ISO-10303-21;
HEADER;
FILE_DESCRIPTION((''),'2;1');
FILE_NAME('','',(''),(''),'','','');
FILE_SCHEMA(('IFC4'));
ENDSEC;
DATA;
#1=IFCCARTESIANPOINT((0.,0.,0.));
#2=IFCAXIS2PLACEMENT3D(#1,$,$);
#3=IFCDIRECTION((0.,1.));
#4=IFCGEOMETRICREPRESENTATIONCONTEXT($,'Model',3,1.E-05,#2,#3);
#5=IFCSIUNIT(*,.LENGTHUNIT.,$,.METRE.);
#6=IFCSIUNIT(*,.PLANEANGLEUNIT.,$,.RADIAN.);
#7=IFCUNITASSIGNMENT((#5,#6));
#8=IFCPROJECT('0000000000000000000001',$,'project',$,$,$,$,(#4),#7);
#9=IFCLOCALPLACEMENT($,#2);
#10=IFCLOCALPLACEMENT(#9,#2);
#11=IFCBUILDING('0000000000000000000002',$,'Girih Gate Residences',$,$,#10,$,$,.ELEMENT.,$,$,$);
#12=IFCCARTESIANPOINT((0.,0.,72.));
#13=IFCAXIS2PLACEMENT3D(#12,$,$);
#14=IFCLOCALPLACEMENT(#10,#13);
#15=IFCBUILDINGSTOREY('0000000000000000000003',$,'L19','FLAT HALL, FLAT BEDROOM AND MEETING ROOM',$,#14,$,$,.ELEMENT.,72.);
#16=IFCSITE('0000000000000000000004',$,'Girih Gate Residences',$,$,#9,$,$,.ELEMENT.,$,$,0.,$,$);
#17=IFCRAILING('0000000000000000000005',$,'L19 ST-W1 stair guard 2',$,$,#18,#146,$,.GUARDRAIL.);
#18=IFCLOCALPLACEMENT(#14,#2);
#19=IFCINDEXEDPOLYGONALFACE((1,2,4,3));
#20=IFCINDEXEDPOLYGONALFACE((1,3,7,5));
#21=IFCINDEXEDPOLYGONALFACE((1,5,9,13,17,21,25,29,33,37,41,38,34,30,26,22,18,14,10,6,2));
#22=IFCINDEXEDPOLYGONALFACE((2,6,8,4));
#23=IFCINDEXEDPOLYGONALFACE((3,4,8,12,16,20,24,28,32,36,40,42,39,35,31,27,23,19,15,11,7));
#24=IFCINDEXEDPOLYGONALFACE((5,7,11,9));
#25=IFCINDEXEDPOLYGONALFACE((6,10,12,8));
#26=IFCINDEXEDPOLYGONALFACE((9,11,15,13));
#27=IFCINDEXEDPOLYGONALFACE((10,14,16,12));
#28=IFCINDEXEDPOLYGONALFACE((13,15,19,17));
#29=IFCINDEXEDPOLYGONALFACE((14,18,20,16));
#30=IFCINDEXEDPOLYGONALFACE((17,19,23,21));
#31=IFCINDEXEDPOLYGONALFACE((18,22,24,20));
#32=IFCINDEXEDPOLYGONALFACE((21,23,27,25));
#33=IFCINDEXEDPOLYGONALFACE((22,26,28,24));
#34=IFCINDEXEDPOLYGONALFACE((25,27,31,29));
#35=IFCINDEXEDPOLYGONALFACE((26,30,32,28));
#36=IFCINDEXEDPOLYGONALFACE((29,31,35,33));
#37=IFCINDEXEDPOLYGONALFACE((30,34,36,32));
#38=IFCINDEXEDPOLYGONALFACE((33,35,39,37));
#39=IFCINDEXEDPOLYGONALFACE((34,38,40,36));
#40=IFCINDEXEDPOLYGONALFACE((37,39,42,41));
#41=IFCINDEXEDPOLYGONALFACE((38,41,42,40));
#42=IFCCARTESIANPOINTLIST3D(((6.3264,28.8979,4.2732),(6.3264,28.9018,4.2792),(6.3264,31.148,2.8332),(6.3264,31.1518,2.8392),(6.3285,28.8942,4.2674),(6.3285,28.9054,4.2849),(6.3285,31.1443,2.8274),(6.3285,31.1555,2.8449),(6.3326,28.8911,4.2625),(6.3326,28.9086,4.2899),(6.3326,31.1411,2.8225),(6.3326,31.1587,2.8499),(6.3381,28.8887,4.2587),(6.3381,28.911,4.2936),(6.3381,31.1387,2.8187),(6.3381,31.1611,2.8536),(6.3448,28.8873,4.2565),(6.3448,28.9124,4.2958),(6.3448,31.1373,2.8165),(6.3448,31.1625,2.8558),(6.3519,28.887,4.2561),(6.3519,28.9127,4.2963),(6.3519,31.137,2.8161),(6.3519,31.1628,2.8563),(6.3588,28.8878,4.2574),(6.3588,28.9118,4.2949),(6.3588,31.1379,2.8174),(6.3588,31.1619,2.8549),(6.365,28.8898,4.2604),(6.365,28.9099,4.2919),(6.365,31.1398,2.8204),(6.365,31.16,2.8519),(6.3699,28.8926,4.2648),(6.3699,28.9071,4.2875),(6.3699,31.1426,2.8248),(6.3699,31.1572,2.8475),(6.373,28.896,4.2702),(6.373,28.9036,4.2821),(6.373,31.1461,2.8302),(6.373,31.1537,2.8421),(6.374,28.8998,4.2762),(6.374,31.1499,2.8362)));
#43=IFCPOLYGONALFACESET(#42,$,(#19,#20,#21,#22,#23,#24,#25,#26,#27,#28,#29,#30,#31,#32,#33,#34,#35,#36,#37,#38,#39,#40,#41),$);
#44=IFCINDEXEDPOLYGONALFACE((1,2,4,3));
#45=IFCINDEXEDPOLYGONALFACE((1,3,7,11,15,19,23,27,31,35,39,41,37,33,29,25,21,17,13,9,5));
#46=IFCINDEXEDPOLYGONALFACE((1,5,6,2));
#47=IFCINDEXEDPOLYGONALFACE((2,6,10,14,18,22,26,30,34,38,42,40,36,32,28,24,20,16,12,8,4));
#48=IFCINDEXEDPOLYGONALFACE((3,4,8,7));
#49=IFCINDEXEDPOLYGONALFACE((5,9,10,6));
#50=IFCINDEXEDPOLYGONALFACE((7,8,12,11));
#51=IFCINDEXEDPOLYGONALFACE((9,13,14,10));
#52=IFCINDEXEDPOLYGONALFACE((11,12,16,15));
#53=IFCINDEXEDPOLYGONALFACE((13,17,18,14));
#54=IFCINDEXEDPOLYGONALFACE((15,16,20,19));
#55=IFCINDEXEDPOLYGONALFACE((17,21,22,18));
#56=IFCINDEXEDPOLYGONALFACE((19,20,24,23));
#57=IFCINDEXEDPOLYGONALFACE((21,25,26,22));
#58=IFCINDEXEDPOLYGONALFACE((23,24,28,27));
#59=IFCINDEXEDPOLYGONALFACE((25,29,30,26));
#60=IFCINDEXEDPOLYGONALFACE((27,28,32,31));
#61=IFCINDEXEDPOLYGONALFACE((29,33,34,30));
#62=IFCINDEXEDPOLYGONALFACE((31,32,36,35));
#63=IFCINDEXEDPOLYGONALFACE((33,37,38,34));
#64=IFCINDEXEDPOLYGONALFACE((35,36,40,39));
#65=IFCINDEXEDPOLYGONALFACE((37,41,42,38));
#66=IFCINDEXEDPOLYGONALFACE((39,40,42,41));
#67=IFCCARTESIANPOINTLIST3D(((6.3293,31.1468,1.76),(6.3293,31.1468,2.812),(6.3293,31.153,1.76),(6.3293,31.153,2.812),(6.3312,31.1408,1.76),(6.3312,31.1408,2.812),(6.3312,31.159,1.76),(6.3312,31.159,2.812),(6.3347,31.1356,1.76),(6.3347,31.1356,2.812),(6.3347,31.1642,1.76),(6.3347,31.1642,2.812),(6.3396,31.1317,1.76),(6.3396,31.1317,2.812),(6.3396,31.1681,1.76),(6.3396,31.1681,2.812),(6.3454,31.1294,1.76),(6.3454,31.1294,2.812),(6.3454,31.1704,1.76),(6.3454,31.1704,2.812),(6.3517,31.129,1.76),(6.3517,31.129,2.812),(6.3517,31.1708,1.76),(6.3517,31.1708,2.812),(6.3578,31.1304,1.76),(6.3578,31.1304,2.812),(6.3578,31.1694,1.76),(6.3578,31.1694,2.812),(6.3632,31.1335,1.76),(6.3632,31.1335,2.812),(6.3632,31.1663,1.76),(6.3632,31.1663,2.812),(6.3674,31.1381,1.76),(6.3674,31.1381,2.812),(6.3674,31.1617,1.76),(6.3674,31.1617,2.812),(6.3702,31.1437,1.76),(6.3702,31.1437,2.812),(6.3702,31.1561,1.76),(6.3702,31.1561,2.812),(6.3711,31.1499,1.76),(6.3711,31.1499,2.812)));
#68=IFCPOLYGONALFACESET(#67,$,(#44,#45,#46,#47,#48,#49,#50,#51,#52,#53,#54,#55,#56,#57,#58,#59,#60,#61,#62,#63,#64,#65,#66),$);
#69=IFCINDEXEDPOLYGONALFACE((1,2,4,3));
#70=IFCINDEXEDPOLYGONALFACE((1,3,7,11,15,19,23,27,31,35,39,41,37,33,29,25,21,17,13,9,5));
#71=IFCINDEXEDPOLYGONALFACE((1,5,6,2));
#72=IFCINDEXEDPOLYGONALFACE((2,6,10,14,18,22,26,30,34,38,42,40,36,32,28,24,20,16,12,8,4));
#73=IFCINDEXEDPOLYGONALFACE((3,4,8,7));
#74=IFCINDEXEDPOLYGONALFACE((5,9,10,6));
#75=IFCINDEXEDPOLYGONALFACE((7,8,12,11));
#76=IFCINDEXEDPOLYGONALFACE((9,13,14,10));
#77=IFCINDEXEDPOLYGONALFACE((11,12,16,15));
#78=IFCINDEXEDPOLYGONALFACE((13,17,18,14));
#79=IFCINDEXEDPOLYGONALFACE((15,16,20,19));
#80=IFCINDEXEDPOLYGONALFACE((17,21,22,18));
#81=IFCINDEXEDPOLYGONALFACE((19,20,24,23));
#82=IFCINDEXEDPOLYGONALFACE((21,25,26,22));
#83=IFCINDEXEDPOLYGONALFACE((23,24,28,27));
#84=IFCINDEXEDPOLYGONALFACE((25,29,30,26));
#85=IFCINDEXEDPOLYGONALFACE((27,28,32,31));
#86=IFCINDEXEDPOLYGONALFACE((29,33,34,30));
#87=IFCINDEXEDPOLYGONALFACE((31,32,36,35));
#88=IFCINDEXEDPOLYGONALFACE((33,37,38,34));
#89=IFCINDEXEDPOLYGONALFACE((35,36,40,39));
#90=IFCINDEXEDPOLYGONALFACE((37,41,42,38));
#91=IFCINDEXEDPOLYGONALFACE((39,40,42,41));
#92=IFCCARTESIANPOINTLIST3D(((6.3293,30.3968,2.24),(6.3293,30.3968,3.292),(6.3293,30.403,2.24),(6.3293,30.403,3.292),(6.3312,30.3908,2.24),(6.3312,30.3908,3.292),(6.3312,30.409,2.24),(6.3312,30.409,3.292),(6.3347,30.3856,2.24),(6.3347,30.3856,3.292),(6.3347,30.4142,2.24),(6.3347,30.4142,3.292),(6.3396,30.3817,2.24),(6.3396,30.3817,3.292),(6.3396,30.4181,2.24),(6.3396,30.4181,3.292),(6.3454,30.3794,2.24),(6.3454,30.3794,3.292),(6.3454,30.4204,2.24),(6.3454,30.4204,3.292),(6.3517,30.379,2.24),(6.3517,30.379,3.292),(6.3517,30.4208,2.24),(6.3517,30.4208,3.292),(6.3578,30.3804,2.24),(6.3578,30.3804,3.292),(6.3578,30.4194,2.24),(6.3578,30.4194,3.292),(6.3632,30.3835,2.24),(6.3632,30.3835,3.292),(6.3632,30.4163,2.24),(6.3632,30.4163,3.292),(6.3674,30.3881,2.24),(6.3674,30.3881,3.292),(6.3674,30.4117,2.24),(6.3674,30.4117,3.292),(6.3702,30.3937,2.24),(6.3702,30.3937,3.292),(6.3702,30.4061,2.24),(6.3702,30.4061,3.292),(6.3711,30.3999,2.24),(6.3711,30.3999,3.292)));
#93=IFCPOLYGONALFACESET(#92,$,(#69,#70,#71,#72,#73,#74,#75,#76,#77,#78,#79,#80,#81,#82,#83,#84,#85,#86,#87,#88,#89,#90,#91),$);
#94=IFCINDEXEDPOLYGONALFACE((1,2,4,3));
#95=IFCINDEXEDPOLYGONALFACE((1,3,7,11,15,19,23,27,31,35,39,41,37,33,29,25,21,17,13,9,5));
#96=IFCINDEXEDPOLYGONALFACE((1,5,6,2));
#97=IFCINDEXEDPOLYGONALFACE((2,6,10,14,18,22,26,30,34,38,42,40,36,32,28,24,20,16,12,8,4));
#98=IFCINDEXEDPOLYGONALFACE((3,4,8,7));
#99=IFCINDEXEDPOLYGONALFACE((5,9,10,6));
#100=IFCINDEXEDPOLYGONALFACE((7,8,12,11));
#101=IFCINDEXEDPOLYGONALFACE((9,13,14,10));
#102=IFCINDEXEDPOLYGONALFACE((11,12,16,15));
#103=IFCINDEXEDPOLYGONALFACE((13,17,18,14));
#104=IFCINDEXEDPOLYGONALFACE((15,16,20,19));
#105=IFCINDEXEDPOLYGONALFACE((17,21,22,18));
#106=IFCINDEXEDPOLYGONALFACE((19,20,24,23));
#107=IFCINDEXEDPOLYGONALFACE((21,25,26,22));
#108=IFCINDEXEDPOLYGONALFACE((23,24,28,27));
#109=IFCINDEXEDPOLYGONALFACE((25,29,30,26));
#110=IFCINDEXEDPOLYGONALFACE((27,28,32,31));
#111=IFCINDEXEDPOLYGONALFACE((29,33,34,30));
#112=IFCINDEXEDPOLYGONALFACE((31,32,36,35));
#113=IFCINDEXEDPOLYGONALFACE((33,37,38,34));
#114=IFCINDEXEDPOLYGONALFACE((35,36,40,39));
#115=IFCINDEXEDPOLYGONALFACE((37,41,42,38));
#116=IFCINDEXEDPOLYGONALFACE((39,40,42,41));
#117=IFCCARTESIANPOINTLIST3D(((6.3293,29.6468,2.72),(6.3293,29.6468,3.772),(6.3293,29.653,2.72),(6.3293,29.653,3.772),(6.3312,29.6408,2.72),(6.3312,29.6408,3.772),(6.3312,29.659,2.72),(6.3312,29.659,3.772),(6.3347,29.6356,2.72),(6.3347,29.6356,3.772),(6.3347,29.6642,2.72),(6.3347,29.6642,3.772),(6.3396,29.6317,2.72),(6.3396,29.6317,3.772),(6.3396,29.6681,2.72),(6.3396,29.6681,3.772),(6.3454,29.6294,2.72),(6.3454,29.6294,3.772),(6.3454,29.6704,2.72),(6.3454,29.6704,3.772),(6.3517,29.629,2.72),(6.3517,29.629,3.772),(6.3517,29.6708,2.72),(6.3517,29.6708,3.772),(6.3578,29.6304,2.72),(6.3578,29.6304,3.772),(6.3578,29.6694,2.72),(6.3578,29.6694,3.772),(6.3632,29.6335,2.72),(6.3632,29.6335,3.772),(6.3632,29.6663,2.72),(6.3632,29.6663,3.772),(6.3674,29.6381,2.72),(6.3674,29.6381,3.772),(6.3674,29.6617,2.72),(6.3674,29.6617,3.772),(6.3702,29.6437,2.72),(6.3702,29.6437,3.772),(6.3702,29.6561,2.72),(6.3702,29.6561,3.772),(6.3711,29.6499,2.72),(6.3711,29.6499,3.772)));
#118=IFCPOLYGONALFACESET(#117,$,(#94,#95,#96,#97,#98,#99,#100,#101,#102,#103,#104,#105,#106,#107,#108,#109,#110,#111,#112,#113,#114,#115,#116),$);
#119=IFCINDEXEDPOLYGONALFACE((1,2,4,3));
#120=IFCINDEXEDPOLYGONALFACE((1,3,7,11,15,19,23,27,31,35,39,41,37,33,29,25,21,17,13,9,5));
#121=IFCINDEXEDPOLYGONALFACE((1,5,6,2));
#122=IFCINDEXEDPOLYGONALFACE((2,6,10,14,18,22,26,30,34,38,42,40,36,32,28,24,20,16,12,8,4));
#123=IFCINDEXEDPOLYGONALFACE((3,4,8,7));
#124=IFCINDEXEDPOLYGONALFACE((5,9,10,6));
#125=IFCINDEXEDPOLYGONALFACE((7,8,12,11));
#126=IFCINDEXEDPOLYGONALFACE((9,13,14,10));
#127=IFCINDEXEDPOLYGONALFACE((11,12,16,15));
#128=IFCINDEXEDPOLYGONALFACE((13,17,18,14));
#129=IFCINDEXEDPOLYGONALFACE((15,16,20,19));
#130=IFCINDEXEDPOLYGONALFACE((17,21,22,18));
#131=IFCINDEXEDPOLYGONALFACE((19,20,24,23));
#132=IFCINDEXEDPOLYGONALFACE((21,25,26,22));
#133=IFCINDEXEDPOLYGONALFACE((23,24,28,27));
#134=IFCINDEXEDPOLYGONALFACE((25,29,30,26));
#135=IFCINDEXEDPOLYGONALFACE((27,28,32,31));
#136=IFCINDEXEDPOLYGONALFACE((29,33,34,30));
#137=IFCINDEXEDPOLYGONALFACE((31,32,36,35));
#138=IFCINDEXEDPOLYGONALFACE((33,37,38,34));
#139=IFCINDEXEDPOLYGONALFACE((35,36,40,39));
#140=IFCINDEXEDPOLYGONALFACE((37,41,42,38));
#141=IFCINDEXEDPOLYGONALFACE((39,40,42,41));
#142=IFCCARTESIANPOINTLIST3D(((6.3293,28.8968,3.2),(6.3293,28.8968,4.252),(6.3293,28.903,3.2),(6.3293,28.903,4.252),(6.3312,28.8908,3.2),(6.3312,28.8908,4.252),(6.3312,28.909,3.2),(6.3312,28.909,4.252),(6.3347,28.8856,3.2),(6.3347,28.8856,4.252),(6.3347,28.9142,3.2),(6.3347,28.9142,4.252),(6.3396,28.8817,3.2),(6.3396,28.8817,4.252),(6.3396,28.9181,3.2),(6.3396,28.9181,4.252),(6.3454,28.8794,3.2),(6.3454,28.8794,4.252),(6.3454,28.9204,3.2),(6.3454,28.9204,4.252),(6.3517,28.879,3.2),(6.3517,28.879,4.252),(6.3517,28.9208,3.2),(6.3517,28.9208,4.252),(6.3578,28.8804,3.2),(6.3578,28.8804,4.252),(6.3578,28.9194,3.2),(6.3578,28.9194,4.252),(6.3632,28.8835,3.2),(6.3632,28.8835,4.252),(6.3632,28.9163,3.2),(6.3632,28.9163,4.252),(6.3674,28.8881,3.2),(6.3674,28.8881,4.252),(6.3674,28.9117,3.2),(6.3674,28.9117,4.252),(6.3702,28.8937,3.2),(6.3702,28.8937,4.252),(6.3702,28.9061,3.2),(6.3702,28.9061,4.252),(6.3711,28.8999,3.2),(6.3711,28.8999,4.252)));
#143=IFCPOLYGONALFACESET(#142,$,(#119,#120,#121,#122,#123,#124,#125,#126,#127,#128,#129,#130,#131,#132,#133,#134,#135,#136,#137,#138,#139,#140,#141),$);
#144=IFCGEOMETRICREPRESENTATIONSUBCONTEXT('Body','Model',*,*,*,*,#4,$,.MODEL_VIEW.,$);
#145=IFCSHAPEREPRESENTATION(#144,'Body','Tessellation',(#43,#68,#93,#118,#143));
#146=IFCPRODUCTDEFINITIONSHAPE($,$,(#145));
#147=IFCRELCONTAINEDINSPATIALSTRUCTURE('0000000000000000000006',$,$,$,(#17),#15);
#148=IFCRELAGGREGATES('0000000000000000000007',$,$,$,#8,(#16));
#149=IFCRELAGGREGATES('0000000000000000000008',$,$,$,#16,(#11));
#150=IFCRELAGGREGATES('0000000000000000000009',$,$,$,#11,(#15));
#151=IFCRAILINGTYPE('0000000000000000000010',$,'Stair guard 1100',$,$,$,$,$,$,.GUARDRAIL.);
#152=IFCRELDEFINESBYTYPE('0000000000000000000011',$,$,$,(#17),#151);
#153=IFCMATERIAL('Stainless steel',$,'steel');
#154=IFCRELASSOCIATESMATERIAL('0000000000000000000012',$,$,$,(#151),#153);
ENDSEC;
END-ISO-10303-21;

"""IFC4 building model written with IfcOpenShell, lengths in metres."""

from ifc_helpers import new_model, si_unit, direction, frame, origin, origin_2d, place, context, subcontext, project, spatial, circle, extrude, material, type_object, element, save


model = new_model("IFC4")

# Units and contexts
model_context = context("Model", 3, precision=1e-05, world=origin(), true_north=direction((0.0, 1.0)))
body_context = subcontext(model_context, "Body", "Model", "MODEL_VIEW")
ifc_project = project(units=[si_unit("LENGTHUNIT", "METRE"), si_unit("PLANEANGLEUNIT", "RADIAN")], contexts=[model_context])

# Site, building, storey
site_placement = place(None, origin())
site = spatial("IfcSite", under=ifc_project, at=site_placement, Name="Girih Gate Residences", CompositionType="ELEMENT", RefElevation=0.0)
building_placement = place(site_placement, origin())
building = spatial("IfcBuilding", under=site, at=building_placement, Name="Girih Gate Residences", CompositionType="ELEMENT")
storey_placement = place(building_placement, frame((0.0, 0.0, 72.0)))
storey = spatial("IfcBuildingStorey", under=building, at=storey_placement, Name="L19", Description="FLAT HALL, FLAT BEDROOM AND MEETING ROOM", CompositionType="ELEMENT", Elevation=72.0)

# Shared definitions
ifc_material_1 = material(Name="Stainless steel", Category="steel")

# Railing
railing_type = type_object("IfcRailingType", Name="Stair guard 1100", PredefinedType="GUARDRAIL", material=ifc_material_1)
railing_placement = place(storey_placement, frame((6.3501, 31.1499, 1.76)))
element("IfcRailing", 1, at=railing_placement, inside=storey, type_object=railing_type, Name="L19 ST-W1 stair guard 2", PredefinedType="GUARDRAIL", context=body_context, shape_type="SweptSolid", body=[
    extrude(circle(Radius=0.0239, at=origin_2d()), frame((0.0, 0.0, 1.0762), z_axis=(0.0, -0.842281, 0.539038), x_axis=(1.0, 0.0, 0.0)), (0.0, 0.0, 1.0), 2.6714),
    extrude(circle(Radius=0.021, at=origin_2d()), origin(), (0.0, 0.0, 1.0), 1.052),
    extrude(circle(Radius=0.021, at=origin_2d()), frame((0.0, -0.75, 0.48)), (0.0, 0.0, 1.0), 1.052),
    extrude(circle(Radius=0.021, at=origin_2d()), frame((0.0, -1.5, 0.96)), (0.0, 0.0, 1.0), 1.052),
    extrude(circle(Radius=0.021, at=origin_2d()), frame((0.0, -2.25, 1.4399)), (0.0, 0.0, 1.0), 1.052),
])

save(model, "model.ifc")
